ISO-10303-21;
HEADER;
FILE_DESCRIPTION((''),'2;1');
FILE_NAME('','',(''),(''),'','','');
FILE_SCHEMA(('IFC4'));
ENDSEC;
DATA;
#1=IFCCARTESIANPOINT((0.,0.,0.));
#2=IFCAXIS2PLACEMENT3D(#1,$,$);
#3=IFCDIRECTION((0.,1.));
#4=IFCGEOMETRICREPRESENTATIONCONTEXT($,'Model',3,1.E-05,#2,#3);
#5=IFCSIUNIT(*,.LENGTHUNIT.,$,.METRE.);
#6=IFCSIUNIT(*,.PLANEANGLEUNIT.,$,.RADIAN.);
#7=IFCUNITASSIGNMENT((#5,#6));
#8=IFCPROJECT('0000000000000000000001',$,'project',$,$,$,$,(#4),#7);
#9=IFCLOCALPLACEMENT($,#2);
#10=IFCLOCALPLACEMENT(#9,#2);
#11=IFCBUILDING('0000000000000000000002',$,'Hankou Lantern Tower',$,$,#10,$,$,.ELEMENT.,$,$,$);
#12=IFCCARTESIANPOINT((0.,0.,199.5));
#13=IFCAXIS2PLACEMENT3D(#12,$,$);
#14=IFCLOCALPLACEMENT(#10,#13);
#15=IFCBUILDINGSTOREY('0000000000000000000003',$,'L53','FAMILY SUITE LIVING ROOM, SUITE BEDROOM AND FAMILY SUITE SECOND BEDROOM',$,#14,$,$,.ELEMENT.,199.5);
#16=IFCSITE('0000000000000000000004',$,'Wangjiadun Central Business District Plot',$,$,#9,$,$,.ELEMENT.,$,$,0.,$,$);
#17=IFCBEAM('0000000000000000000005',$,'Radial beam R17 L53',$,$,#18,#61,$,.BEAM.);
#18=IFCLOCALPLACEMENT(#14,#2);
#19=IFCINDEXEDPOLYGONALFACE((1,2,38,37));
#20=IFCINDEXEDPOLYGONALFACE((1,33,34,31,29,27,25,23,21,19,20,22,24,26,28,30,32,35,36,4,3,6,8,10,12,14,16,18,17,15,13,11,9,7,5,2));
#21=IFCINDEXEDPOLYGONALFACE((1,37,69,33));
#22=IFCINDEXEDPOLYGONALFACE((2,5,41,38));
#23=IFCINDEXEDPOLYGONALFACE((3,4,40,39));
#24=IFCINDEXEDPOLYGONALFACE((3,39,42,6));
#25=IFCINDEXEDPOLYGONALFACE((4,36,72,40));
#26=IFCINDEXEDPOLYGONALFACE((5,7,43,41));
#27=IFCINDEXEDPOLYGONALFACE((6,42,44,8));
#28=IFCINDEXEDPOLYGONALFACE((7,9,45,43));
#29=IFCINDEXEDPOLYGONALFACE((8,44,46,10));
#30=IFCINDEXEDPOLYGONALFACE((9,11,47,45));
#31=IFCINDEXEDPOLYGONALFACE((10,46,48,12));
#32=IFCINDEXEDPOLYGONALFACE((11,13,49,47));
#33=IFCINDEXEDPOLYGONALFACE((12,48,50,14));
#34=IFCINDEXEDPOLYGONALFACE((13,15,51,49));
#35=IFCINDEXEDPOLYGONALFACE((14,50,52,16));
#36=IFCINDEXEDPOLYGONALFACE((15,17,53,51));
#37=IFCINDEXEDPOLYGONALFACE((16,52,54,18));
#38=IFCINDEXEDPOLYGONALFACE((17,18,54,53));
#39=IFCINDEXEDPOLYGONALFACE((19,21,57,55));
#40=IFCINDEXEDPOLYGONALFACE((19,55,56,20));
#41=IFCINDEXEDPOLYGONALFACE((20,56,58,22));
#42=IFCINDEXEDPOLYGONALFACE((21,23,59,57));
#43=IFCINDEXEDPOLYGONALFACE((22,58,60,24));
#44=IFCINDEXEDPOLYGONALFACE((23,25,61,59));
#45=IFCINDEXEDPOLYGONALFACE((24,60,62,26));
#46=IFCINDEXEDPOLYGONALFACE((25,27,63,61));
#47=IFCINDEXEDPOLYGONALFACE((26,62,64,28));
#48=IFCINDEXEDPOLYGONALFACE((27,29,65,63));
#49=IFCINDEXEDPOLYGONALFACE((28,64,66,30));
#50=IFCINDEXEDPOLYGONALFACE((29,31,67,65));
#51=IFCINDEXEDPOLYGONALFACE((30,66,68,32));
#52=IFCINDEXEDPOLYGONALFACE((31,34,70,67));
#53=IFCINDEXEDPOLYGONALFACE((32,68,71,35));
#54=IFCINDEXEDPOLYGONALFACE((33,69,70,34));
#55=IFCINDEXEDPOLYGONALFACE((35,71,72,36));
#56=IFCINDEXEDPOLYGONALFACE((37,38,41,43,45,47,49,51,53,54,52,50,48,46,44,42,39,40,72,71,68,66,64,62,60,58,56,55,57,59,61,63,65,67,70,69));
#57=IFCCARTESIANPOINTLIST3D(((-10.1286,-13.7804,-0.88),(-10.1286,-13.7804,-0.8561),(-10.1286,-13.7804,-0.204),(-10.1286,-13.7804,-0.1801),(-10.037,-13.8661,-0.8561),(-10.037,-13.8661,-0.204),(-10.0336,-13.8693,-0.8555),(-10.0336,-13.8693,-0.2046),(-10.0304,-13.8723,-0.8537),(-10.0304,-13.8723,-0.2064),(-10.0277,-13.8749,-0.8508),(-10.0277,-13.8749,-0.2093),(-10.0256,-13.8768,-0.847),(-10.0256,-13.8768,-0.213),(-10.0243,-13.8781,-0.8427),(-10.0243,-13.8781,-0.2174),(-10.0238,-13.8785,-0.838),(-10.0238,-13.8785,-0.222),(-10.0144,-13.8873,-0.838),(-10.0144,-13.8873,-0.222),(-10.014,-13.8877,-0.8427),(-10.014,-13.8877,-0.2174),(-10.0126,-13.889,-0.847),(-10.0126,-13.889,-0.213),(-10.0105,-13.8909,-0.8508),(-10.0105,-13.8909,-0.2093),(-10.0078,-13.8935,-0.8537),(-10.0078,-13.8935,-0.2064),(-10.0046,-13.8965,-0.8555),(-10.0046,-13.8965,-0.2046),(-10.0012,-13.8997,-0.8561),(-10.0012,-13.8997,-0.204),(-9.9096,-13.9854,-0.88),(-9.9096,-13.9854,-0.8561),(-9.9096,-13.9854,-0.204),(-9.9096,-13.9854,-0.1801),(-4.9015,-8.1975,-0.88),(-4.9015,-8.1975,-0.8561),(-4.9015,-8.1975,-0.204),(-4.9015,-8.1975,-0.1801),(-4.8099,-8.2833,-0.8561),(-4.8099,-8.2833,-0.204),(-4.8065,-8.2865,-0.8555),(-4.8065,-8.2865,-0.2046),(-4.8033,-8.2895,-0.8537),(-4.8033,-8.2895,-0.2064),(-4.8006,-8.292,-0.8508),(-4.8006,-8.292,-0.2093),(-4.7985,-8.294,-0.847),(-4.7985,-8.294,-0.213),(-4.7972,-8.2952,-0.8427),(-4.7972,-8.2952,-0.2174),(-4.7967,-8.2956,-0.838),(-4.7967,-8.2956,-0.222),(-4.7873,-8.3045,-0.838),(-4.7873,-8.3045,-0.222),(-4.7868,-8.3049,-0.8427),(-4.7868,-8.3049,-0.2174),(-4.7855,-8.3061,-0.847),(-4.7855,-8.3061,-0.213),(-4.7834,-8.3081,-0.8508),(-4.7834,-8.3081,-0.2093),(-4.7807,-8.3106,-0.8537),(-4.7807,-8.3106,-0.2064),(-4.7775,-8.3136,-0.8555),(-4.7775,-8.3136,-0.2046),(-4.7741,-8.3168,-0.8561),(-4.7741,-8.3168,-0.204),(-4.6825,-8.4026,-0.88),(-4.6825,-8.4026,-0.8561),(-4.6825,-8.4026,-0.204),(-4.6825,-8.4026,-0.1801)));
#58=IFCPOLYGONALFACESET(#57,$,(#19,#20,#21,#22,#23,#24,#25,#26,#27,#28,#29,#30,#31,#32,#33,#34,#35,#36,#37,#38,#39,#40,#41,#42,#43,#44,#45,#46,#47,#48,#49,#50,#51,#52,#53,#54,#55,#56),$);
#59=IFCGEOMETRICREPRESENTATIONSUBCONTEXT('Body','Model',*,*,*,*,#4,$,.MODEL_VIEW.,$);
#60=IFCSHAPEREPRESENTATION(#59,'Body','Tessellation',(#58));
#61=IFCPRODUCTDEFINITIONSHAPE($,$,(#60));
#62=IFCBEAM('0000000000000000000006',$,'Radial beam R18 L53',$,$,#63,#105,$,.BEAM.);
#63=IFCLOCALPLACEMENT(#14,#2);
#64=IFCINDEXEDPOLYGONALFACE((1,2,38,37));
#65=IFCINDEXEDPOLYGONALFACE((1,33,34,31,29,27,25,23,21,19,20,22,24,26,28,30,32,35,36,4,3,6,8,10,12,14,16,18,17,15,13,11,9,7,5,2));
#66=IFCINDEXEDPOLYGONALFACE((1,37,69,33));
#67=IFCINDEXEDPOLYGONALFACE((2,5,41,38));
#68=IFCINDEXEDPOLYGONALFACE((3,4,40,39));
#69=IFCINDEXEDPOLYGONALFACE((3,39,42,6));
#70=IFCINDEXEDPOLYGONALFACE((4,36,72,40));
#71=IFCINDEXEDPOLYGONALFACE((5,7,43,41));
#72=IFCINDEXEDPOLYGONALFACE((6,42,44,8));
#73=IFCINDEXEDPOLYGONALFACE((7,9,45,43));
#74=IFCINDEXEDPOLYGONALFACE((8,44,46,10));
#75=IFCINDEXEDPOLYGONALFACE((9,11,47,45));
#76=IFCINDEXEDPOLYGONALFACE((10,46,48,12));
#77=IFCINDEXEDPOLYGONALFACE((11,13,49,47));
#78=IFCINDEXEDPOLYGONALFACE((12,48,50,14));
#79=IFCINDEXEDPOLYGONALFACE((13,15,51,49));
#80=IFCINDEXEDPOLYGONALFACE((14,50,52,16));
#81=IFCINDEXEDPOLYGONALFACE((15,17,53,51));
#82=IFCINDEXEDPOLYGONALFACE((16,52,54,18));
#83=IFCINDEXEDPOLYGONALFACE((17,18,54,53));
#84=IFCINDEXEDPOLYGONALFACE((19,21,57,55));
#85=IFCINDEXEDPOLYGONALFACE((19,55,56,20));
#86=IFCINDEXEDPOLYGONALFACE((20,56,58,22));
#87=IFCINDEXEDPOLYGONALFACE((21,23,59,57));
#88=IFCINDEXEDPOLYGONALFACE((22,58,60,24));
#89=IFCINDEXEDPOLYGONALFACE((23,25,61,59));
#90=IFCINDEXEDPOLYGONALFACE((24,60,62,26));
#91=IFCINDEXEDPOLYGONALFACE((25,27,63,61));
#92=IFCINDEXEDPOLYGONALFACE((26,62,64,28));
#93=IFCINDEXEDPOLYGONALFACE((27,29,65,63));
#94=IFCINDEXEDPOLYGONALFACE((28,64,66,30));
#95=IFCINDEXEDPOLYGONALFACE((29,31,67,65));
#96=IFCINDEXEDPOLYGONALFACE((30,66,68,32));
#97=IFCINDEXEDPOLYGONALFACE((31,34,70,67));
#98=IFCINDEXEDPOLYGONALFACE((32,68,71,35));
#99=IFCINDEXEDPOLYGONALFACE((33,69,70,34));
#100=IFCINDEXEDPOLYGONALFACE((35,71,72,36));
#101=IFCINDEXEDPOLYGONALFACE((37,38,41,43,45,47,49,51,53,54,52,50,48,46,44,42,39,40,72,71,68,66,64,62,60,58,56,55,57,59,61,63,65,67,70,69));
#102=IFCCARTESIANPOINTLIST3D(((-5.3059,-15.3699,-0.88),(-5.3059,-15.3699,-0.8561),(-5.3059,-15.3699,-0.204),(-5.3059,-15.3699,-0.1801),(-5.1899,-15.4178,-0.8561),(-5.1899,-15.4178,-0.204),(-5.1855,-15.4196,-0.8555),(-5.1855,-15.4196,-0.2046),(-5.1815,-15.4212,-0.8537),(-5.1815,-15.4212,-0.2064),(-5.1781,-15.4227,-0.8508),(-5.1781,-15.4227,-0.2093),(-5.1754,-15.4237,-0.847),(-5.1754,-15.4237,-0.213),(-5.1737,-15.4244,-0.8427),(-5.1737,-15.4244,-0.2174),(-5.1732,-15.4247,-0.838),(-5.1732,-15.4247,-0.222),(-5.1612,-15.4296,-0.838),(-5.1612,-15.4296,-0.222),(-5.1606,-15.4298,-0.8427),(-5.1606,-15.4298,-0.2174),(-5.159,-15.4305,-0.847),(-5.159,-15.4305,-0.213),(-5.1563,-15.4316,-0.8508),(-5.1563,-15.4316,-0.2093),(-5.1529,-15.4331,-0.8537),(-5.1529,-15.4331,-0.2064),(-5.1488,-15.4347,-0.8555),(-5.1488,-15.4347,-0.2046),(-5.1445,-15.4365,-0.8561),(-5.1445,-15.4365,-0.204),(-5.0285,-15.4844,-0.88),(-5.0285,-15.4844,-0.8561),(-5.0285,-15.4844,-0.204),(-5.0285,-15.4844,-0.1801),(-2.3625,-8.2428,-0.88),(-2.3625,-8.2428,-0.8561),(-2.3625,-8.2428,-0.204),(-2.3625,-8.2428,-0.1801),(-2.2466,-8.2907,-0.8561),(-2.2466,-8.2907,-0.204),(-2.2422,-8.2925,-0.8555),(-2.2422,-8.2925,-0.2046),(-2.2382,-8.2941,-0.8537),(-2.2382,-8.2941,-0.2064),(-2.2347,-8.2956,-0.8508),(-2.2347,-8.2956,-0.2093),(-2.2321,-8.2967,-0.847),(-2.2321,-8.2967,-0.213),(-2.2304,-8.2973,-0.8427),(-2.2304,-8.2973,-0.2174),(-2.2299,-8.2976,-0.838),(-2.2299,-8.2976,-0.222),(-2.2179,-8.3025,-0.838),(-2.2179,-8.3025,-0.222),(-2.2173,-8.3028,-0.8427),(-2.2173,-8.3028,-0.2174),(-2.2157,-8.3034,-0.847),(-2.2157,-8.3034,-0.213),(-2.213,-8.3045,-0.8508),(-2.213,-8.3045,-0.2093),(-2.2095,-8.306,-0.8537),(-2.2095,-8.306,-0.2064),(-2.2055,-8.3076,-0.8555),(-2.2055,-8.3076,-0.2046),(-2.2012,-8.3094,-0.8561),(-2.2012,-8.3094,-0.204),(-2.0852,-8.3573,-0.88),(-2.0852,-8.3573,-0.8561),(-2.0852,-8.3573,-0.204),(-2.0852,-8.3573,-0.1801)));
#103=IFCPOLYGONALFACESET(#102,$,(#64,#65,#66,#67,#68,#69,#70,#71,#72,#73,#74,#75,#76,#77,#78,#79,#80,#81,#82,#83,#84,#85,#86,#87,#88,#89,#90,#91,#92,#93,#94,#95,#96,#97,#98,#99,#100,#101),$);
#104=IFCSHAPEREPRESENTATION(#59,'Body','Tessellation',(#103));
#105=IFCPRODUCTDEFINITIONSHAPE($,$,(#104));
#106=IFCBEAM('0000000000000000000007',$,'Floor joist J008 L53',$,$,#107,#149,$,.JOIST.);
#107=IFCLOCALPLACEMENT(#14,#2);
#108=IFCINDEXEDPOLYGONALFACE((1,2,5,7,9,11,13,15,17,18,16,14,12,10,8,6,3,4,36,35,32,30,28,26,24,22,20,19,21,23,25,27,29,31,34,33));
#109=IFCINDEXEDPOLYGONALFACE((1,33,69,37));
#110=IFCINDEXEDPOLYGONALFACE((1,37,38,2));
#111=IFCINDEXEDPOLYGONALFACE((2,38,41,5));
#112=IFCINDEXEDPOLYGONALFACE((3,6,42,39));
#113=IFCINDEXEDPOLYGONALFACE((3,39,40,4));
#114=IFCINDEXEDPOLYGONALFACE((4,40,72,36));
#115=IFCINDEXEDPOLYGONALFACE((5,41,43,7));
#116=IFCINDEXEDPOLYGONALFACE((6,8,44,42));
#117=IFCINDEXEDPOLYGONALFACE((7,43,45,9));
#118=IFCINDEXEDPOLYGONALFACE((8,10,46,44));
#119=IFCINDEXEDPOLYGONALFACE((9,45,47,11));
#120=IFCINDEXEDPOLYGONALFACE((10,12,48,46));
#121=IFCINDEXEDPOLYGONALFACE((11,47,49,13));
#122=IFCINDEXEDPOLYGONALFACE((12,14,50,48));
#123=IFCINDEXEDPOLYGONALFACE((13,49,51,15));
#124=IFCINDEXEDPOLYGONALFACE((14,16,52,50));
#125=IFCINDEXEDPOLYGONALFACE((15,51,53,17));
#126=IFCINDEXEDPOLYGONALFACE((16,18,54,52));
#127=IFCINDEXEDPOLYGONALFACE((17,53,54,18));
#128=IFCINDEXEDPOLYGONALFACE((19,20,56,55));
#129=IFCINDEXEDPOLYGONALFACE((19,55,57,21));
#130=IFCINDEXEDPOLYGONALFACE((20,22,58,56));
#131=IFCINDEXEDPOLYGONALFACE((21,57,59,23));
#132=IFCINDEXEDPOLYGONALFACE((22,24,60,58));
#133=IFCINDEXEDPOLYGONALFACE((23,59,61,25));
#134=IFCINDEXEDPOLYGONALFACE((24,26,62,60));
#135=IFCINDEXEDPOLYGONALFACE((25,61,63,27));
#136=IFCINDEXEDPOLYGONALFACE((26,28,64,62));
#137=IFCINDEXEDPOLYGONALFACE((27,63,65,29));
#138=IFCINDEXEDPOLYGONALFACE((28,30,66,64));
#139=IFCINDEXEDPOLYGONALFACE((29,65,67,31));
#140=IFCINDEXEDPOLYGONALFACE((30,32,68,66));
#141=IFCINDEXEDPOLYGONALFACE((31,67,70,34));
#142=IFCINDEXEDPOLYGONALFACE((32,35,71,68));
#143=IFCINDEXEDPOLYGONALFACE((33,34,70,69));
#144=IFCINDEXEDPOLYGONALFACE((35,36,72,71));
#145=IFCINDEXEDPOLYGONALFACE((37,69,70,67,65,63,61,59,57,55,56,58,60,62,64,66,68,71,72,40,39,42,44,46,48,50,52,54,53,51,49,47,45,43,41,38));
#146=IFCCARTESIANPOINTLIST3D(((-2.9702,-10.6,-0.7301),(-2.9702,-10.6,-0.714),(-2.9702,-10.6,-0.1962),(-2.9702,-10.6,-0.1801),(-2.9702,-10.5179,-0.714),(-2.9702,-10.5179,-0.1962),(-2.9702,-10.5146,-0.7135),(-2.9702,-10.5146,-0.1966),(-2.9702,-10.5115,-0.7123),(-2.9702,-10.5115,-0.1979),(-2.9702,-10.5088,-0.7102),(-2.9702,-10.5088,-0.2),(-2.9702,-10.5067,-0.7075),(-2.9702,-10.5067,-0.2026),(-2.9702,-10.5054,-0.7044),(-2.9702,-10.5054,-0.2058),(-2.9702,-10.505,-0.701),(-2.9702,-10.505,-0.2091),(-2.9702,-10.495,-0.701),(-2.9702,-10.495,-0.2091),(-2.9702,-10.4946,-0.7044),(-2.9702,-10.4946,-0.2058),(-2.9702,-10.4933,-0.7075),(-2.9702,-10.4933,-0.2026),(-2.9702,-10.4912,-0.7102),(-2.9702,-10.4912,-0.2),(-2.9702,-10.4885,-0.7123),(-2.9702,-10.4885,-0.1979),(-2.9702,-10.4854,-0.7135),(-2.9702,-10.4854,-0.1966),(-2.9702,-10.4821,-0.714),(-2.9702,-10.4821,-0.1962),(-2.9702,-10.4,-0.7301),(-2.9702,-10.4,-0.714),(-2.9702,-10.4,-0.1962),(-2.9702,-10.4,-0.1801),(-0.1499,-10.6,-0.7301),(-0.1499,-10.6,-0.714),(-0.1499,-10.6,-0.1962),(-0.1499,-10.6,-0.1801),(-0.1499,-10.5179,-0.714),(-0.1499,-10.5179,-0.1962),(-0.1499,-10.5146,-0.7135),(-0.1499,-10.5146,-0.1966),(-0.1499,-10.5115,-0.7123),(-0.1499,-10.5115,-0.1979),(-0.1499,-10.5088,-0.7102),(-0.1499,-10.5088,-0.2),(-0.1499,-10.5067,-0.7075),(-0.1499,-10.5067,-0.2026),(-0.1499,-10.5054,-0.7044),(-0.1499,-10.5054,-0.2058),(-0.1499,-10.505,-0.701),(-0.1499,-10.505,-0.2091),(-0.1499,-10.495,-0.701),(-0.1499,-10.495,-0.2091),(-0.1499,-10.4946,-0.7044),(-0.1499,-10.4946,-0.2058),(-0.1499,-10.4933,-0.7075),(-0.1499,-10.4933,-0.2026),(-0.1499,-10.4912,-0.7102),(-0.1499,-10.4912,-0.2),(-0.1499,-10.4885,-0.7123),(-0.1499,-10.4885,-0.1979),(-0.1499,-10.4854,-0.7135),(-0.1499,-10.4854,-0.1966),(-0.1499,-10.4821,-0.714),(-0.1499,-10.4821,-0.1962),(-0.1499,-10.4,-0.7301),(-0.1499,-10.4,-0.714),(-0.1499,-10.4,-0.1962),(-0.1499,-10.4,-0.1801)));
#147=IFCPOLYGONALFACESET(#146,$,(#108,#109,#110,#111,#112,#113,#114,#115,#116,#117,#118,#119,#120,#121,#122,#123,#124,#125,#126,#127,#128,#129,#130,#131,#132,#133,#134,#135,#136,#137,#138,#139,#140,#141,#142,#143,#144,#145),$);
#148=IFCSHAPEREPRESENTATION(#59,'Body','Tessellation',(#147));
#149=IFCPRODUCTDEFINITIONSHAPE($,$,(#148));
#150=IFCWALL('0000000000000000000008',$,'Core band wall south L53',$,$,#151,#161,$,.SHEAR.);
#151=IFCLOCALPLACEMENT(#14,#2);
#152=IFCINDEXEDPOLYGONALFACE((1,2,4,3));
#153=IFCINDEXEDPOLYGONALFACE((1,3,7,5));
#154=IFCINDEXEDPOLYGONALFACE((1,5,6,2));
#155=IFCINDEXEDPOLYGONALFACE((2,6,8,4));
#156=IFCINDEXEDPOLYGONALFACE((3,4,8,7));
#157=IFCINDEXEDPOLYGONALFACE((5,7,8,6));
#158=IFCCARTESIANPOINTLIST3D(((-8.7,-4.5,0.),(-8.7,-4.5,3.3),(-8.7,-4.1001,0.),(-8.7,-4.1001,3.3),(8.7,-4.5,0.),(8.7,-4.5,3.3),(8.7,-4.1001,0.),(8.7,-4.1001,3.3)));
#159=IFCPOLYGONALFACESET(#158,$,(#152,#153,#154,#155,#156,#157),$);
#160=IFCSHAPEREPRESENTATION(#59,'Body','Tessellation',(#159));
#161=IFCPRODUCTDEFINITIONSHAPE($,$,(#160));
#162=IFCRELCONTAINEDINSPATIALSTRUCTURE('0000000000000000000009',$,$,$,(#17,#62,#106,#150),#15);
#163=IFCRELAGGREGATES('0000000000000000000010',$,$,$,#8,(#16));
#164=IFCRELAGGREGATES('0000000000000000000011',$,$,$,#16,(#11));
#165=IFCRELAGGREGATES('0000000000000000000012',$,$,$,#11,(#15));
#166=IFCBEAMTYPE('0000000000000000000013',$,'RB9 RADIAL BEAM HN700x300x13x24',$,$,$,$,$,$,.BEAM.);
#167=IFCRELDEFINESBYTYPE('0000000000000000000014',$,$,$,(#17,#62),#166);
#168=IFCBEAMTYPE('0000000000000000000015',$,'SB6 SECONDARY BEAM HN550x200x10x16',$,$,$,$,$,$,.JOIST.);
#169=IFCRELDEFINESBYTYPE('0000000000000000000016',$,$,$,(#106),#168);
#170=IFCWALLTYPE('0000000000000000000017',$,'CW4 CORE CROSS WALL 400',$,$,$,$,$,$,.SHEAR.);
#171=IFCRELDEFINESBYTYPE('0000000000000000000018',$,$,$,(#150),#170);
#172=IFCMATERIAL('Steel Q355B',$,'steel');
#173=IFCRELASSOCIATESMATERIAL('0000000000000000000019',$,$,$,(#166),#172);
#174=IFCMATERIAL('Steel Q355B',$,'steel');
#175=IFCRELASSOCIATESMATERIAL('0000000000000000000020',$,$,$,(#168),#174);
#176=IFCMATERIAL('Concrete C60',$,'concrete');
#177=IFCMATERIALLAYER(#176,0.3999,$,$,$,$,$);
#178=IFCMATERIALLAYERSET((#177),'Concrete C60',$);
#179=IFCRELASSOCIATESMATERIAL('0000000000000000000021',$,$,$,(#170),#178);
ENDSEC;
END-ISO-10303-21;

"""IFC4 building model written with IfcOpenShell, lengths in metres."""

from ifc_helpers import new_model, si_unit, direction, frame, frame_2d, origin, origin_2d, place, context, subcontext, project, spatial, rectangle, i_section, extrude, material, layer, layer_set, material_profile, profile_set, type_object, element, save


model = new_model("IFC4")

# Units and contexts
model_context = context("Model", 3, precision=1e-05, world=origin(), true_north=direction((0.0, 1.0)))
body_context = subcontext(model_context, "Body", "Model", "MODEL_VIEW")
ifc_project = project(units=[si_unit("LENGTHUNIT", "METRE"), si_unit("PLANEANGLEUNIT", "RADIAN")], contexts=[model_context])

# Site, building, storey
site_placement = place(None, origin())
site = spatial("IfcSite", under=ifc_project, at=site_placement, Name="Wangjiadun Central Business District Plot", CompositionType="ELEMENT", RefElevation=0.0)
building_placement = place(site_placement, origin())
building = spatial("IfcBuilding", under=site, at=building_placement, Name="Hankou Lantern Tower", CompositionType="ELEMENT")
storey_placement = place(building_placement, frame((0.0, 0.0, 199.5)))
storey = spatial("IfcBuildingStorey", under=building, at=storey_placement, Name="L53", Description="FAMILY SUITE LIVING ROOM, SUITE BEDROOM AND FAMILY SUITE SECOND BEDROOM", CompositionType="ELEMENT", Elevation=199.5)

# Beams
ifc_material_1 = material(Name="Steel Q355B", Category="steel")
ifc_material_profile_1 = material_profile(ifc_material_1, i_section(OverallWidth=0.3, OverallDepth=0.7, WebThickness=0.0129, FlangeThickness=0.0239, FilletRadius=0.0181, at=origin_2d()), Name="HN700x300x13x24")
ifc_profile_set_1 = profile_set([ifc_material_profile_1], Name="Steel Q355B")
beam_type_1 = type_object("IfcBeamType", Name="RB9 RADIAL BEAM HN700x300x13x24", PredefinedType="BEAM", material=ifc_profile_set_1)
beam_1_placement = place(storey_placement, frame((-4.792, -8.3, -0.53), z_axis=(-0.683468, -0.72998, 0.0), x_axis=(0.72998, -0.683468, 0.0)))
element("IfcBeam", 1, at=beam_1_placement, inside=storey, type_object=beam_type_1, Name="Radial beam R17 L53", PredefinedType="BEAM", context=body_context, shape_type="SweptSolid", body=[
    extrude(i_section(OverallWidth=0.3, OverallDepth=0.7, WebThickness=0.0129, FlangeThickness=0.0239, FilletRadius=0.0181, at=origin_2d()), origin(), (0.0, 0.0, 1.0), 7.6479),
])
beam_2_placement = place(storey_placement, frame((-2.2239, -8.3, -0.53), z_axis=(-0.381707, -0.924284, 0.0), x_axis=(0.924284, -0.381707, 0.0)))
element("IfcBeam", 2, at=beam_2_placement, inside=storey, type_object=beam_type_1, Name="Radial beam R18 L53", PredefinedType="BEAM", context=body_context, shape_type="SweptSolid", body=[
    extrude(i_section(OverallWidth=0.3, OverallDepth=0.7, WebThickness=0.0129, FlangeThickness=0.0239, FilletRadius=0.0181, at=origin_2d()), origin(), (0.0, 0.0, 1.0), 7.7109),
])
ifc_material_2 = material(Name="Steel Q355B", Category="steel")
ifc_material_profile_2 = material_profile(ifc_material_2, i_section(OverallWidth=0.2, OverallDepth=0.55, WebThickness=0.01, FlangeThickness=0.0161, FilletRadius=0.0129, at=origin_2d()), Name="HN550x200x10x16")
ifc_profile_set_2 = profile_set([ifc_material_profile_2], Name="Steel Q355B")
beam_type_2 = type_object("IfcBeamType", Name="SB6 SECONDARY BEAM HN550x200x10x16", PredefinedType="JOIST", material=ifc_profile_set_2)
beam_3_placement = place(storey_placement, frame((-2.9702, -10.5, -0.4551), z_axis=(1.0, 0.0, 0.0), x_axis=(0.0, 1.0, 0.0)))
element("IfcBeam", 3, at=beam_3_placement, inside=storey, type_object=beam_type_2, Name="Floor joist J008 L53", PredefinedType="JOIST", context=body_context, shape_type="SweptSolid", body=[
    extrude(i_section(OverallWidth=0.2, OverallDepth=0.55, WebThickness=0.01, FlangeThickness=0.0161, FilletRadius=0.0129, at=origin_2d()), origin(), (0.0, 0.0, 1.0), 2.8203),
])

# Wall
ifc_material_3 = material(Name="Concrete C60", Category="concrete")
ifc_layer_1 = layer(ifc_material_3, 0.3999)
ifc_layer_set_1 = layer_set([ifc_layer_1], Name="Concrete C60")
wall_type_1 = type_object("IfcWallType", Name="CW4 CORE CROSS WALL 400", PredefinedType="SHEAR", material=ifc_layer_set_1)
wall_1_placement = place(storey_placement, frame((-8.7, -4.3, 0.0), z_axis=(0.0, 0.0, 1.0), x_axis=(1.0, 0.0, 0.0)))
element("IfcWall", 4, at=wall_1_placement, inside=storey, type_object=wall_type_1, Name="Core band wall south L53", PredefinedType="SHEAR", context=body_context, shape_type="SweptSolid", body=[
    extrude(rectangle(XDim=17.3999, YDim=0.3999, at=frame_2d((8.7, 0.0))), origin(), (0.0, 0.0, 1.0), 3.3),
])

save(model, "model.ifc")
